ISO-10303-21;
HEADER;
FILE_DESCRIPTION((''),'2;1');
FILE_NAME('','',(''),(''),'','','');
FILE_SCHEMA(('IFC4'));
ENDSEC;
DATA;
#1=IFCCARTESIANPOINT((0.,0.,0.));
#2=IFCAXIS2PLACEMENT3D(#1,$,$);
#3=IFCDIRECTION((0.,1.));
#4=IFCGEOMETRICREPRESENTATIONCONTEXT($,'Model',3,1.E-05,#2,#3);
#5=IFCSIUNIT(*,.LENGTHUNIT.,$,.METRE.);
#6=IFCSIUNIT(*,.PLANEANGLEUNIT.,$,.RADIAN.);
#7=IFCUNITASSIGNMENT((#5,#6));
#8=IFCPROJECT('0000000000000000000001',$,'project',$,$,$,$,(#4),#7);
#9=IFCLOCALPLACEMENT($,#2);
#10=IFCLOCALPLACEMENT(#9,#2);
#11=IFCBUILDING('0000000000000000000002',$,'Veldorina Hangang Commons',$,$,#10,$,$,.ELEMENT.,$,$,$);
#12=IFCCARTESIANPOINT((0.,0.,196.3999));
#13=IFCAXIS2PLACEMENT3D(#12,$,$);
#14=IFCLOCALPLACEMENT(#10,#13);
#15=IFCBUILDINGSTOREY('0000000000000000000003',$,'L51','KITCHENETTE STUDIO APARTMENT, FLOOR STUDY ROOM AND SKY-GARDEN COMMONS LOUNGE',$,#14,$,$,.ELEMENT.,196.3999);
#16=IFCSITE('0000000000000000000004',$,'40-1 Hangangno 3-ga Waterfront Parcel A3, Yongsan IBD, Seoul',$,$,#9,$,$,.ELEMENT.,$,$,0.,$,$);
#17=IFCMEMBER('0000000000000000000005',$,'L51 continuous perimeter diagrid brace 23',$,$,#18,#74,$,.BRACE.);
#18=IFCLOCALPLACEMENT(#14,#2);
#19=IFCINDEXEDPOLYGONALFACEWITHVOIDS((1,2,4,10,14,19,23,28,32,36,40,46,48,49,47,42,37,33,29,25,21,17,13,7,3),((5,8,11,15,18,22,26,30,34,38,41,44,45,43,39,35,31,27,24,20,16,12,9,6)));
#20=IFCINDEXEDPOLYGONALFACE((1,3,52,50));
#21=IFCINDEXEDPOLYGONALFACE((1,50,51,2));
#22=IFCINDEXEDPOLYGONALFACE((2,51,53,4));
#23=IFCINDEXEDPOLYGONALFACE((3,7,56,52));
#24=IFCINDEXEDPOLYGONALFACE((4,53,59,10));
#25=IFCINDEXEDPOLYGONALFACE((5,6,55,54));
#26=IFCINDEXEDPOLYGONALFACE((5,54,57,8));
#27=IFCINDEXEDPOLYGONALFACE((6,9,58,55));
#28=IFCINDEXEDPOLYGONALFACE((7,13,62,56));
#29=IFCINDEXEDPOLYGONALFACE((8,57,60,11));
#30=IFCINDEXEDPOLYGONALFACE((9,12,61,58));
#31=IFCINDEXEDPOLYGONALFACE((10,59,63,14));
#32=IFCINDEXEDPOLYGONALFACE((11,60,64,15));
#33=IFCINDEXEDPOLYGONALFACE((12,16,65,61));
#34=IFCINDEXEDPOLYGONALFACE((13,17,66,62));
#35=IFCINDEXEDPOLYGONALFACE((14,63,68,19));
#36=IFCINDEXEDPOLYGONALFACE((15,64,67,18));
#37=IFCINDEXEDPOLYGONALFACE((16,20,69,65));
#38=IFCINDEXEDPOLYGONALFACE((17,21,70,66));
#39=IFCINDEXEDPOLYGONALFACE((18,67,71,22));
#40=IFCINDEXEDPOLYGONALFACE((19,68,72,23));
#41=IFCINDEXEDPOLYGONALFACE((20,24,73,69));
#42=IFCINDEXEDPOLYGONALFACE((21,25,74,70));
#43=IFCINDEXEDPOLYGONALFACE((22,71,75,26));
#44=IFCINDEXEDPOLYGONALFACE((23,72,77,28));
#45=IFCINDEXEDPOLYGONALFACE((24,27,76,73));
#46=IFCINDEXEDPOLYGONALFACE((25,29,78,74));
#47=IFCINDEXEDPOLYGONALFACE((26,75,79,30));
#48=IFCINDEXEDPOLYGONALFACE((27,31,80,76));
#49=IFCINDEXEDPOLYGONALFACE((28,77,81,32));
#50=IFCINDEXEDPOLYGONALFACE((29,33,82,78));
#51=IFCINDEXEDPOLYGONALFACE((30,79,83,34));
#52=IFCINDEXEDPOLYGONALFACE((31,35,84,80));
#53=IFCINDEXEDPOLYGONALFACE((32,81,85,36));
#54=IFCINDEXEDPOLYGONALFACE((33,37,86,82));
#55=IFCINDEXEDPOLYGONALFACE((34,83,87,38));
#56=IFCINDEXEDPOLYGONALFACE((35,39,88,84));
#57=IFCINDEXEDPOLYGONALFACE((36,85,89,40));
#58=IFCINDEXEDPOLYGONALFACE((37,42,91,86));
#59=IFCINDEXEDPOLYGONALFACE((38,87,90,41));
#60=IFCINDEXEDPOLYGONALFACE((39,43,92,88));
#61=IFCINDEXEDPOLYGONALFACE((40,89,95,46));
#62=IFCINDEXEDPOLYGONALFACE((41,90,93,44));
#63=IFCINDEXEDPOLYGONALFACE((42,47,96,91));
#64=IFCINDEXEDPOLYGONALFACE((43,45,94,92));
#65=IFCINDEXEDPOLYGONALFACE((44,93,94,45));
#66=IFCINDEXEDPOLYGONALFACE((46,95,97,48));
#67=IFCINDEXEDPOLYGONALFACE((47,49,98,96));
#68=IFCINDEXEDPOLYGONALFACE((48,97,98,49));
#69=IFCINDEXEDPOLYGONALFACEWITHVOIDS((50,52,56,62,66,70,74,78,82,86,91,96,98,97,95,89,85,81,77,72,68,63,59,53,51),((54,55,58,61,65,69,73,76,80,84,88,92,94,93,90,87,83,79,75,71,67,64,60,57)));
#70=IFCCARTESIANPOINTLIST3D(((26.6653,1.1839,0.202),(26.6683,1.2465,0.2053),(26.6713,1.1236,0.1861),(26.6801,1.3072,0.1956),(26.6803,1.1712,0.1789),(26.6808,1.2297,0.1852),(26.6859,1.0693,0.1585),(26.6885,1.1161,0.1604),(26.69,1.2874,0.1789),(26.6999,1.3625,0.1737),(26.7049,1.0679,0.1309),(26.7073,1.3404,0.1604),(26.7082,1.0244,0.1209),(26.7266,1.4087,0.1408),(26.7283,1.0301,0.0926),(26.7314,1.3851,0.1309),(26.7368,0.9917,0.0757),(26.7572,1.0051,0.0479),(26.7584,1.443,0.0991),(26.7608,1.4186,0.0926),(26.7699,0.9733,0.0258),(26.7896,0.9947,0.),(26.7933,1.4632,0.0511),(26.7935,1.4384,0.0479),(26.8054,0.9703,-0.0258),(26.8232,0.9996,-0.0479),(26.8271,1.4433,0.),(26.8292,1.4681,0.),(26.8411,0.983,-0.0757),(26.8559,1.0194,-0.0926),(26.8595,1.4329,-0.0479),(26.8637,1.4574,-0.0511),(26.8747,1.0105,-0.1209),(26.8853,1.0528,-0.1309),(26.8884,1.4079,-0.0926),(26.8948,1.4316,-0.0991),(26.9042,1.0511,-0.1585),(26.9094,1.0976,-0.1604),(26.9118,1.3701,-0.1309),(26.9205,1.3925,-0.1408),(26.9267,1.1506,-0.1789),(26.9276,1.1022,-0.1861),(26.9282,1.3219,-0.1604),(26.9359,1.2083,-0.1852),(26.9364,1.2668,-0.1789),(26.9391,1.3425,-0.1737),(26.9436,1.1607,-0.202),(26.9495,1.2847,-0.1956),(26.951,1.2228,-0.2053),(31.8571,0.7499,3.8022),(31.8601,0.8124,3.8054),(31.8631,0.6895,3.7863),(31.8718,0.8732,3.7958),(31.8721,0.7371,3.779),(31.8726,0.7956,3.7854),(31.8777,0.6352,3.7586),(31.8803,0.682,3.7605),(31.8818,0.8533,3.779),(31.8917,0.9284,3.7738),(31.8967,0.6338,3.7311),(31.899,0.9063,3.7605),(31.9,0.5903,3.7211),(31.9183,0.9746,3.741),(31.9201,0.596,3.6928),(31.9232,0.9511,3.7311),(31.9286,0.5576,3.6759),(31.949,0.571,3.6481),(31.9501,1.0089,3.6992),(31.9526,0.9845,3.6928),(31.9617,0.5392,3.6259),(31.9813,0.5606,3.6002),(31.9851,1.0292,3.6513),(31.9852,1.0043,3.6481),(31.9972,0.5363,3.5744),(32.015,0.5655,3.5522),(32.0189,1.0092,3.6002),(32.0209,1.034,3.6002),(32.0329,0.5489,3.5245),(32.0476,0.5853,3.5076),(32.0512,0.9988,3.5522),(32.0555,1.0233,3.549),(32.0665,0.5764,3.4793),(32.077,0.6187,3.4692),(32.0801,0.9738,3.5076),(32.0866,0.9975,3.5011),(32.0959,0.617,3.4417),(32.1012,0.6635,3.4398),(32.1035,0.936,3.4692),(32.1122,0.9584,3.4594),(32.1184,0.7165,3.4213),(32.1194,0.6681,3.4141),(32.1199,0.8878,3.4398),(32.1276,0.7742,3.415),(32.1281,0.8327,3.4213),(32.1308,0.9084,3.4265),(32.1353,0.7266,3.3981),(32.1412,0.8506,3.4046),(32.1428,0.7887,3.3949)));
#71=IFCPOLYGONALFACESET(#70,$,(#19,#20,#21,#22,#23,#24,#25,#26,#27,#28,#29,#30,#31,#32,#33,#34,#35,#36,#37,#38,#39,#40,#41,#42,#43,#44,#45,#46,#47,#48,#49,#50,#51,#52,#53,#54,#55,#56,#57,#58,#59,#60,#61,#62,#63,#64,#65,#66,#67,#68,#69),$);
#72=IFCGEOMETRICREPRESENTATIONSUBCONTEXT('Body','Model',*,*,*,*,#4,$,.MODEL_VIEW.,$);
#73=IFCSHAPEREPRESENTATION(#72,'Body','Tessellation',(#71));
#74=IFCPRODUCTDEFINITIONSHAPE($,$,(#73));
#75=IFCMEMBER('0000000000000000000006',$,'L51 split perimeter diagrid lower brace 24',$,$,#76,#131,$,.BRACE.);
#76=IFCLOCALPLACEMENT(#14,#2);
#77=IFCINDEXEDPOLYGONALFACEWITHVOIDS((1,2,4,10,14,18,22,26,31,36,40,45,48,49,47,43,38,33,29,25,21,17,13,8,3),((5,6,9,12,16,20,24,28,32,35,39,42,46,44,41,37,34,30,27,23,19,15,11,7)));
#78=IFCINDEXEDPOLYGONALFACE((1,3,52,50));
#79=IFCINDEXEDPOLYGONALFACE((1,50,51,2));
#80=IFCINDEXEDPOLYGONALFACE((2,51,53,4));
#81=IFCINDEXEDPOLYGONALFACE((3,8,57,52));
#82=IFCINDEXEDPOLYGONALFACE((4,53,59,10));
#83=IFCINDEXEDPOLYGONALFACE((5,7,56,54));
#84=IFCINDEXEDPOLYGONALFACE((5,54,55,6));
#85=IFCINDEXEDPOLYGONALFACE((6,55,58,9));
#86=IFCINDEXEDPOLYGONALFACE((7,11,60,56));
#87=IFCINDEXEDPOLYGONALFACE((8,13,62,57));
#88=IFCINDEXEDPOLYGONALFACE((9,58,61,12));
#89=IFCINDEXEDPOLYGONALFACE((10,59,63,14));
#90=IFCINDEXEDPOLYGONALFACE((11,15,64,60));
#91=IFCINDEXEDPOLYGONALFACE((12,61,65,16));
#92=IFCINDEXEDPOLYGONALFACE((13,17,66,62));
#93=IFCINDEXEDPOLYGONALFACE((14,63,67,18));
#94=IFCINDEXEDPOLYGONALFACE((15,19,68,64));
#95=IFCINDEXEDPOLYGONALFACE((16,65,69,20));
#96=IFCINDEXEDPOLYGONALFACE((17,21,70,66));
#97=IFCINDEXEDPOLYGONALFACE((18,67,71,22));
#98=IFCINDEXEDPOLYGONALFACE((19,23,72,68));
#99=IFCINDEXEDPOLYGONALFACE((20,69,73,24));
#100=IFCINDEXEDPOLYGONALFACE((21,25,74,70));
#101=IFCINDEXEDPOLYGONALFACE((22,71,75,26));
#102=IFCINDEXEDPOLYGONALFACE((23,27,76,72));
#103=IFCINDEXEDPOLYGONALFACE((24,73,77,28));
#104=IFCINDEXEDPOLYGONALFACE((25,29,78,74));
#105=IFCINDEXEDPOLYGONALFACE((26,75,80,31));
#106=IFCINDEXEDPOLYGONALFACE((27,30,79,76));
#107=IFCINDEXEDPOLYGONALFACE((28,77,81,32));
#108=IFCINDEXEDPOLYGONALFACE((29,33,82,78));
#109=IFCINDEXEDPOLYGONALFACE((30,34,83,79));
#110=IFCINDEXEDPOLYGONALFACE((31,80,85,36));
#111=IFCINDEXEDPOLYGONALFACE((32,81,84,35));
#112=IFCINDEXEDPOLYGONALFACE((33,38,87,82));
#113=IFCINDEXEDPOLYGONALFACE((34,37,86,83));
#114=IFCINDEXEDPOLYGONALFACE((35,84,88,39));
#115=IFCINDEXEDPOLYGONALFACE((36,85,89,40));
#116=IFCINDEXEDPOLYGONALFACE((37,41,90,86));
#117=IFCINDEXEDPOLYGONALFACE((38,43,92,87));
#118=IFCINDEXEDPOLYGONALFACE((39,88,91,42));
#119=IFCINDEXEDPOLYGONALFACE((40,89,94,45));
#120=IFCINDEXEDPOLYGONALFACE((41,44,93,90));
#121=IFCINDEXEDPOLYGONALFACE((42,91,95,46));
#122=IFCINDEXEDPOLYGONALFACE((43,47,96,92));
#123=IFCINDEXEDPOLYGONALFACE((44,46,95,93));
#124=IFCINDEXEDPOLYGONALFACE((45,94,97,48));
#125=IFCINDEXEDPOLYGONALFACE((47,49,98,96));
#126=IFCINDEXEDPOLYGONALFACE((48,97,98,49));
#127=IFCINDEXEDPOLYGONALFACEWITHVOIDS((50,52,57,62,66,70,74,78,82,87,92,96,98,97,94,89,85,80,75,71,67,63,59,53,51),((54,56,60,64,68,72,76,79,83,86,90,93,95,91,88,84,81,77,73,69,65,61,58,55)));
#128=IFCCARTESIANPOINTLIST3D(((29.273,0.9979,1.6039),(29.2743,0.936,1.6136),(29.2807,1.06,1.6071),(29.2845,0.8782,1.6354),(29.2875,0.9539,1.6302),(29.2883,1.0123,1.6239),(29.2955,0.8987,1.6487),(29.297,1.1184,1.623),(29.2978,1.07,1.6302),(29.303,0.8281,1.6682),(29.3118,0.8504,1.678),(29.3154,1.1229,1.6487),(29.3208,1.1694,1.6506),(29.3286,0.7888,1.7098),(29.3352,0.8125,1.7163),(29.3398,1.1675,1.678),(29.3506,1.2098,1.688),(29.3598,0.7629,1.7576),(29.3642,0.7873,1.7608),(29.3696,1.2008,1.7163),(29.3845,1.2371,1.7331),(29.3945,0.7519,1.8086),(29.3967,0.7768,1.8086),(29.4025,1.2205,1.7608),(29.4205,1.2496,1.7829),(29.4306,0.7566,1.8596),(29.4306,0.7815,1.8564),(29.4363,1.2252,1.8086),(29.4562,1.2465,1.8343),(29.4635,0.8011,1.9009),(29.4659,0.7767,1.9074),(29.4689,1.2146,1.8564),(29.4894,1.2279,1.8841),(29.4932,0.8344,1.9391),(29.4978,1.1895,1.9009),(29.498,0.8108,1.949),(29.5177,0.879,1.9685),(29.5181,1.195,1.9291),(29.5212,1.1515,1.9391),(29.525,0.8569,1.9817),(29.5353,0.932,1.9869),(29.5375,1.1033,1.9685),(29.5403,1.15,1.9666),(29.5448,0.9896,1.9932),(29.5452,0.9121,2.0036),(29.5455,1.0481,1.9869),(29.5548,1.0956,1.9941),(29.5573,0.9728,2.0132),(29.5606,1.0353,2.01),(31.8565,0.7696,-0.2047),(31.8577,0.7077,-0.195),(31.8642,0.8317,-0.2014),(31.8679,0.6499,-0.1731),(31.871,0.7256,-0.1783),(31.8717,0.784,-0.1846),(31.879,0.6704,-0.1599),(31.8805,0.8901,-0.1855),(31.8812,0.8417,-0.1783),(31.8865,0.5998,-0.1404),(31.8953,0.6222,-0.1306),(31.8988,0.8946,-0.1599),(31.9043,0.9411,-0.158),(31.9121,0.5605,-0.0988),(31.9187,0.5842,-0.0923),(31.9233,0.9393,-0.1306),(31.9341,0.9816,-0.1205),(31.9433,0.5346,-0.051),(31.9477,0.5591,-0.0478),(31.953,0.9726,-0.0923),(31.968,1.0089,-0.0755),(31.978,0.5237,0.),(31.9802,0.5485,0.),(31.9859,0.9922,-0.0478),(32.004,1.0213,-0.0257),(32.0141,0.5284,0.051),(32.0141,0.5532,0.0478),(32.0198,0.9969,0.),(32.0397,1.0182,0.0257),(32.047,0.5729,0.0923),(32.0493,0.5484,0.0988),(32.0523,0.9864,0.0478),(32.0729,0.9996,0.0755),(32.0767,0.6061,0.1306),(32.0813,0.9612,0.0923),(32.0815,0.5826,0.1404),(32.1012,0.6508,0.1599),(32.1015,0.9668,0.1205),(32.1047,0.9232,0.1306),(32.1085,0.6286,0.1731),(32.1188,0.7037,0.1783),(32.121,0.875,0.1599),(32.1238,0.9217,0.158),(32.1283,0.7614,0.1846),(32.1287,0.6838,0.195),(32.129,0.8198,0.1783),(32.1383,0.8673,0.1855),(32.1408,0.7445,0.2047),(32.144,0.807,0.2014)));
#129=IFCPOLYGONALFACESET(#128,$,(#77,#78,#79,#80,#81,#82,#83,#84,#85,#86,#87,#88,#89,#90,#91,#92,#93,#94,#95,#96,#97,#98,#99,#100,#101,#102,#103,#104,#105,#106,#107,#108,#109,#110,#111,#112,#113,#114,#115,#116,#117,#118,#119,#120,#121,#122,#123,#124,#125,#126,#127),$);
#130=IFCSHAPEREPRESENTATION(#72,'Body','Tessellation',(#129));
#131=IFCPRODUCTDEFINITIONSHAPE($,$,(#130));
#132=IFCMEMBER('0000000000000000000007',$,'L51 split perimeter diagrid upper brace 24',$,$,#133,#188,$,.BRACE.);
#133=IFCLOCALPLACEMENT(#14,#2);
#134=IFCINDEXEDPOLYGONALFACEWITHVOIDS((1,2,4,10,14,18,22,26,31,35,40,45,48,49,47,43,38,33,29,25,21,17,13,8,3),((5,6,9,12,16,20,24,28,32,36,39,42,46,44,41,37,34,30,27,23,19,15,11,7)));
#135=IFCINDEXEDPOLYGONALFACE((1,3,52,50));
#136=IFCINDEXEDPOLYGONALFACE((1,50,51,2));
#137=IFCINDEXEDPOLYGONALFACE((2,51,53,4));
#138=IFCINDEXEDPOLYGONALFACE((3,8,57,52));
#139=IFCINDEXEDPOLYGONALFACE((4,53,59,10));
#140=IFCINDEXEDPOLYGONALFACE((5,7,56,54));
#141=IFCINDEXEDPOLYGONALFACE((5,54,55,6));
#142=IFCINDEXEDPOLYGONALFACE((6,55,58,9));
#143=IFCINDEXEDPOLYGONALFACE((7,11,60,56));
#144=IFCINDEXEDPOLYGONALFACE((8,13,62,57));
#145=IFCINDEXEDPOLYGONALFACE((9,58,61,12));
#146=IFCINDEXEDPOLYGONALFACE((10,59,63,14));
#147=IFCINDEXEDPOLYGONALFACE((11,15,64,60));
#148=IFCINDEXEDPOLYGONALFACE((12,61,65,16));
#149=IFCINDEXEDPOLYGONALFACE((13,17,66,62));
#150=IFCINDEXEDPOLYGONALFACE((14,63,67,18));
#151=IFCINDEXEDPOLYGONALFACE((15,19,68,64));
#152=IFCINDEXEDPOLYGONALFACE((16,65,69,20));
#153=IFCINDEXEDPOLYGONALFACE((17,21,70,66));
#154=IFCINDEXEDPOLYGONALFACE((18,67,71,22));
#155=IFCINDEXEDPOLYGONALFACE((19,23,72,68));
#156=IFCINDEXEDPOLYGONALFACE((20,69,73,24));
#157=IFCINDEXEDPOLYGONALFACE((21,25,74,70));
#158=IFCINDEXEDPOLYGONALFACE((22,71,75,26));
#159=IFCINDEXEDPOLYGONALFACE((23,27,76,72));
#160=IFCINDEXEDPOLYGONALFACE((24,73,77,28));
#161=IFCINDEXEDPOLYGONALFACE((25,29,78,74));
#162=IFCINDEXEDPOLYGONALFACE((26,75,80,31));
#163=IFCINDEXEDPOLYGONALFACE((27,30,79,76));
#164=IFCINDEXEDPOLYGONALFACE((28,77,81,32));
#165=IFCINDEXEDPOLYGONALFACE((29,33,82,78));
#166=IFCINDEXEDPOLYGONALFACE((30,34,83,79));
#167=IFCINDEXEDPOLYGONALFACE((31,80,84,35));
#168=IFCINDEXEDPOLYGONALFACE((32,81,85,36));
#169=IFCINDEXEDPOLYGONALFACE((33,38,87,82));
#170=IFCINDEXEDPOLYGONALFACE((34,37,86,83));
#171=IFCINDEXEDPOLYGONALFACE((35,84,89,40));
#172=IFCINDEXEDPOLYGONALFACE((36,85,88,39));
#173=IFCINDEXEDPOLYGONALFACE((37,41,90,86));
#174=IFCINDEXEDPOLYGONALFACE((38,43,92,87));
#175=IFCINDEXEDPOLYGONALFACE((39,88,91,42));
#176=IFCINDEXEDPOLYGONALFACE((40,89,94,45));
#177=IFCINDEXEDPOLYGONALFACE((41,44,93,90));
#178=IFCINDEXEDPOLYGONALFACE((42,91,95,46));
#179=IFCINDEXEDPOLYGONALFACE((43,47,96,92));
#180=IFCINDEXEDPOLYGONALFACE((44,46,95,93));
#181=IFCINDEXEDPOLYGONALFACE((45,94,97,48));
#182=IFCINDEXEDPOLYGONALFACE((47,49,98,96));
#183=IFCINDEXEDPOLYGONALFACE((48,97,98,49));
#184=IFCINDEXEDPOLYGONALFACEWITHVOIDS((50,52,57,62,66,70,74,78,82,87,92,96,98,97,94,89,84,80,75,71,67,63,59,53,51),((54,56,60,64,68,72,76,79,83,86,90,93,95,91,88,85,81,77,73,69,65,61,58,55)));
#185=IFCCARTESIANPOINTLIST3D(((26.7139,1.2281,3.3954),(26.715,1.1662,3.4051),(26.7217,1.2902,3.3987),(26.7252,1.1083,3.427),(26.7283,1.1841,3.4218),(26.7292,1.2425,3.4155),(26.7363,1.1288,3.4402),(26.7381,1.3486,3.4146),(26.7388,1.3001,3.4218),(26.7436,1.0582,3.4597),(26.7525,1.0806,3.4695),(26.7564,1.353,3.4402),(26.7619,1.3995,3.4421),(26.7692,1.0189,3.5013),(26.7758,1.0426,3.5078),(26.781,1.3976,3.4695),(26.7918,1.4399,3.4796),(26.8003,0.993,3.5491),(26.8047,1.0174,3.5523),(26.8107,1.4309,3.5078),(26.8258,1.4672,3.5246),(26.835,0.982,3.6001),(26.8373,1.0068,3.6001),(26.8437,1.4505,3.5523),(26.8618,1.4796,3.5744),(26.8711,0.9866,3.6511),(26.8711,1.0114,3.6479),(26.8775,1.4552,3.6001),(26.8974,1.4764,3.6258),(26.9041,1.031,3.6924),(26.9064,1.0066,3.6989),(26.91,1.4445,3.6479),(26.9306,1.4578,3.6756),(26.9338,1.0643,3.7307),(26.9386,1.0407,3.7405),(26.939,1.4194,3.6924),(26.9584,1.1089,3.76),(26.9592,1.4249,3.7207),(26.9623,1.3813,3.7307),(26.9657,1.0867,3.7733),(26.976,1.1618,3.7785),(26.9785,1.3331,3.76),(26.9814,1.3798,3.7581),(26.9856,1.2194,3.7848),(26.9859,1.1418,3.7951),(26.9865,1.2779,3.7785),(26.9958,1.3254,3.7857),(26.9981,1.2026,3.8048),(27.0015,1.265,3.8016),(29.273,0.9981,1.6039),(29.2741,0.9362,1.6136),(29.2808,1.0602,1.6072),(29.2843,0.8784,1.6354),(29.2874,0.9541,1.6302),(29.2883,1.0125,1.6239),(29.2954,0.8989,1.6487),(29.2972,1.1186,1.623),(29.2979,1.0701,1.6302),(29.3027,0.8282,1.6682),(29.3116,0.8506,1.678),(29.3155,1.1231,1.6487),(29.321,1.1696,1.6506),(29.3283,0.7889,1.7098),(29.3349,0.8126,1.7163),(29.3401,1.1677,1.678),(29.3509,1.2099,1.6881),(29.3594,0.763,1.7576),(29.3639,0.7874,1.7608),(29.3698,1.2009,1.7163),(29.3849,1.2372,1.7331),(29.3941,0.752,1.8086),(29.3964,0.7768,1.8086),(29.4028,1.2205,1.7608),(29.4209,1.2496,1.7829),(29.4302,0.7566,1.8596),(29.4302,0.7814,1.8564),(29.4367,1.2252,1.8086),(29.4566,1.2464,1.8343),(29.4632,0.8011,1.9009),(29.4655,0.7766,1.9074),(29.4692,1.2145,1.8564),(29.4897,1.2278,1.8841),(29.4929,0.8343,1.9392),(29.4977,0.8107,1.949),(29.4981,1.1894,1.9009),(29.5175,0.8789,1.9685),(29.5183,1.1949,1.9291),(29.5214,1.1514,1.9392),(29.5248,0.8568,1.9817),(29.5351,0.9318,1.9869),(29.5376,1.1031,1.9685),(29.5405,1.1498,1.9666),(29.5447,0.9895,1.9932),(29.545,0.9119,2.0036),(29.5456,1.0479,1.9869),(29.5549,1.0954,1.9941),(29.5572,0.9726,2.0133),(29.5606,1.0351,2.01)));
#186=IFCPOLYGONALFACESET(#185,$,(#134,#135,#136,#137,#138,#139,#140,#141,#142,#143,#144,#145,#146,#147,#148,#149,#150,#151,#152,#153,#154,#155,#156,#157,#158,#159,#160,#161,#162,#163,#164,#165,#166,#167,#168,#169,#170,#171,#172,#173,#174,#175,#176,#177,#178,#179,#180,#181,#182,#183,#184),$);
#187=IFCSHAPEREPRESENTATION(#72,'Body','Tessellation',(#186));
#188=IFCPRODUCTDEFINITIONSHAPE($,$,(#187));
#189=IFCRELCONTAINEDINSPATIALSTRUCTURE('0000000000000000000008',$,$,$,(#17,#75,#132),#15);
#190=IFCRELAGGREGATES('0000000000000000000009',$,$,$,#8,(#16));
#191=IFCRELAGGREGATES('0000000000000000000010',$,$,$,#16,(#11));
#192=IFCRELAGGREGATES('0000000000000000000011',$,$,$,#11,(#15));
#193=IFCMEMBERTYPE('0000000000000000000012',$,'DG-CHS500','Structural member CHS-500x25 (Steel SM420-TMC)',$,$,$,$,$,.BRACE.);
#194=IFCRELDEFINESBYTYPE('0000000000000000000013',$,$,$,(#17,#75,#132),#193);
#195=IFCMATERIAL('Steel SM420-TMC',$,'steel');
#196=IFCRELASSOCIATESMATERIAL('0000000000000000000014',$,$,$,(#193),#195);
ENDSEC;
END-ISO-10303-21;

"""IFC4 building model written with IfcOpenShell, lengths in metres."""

from ifc_helpers import new_model, si_unit, direction, frame, origin, origin_2d, place, context, subcontext, project, spatial, hollow_circle, extrude, material, material_profile, profile_set, type_object, element, save


model = new_model("IFC4")

# Units and contexts
model_context = context("Model", 3, precision=1e-05, world=origin(), true_north=direction((0.0, 1.0)))
body_context = subcontext(model_context, "Body", "Model", "MODEL_VIEW")
ifc_project = project(units=[si_unit("LENGTHUNIT", "METRE"), si_unit("PLANEANGLEUNIT", "RADIAN")], contexts=[model_context])

# Site, building, storey
site_placement = place(None, origin())
site = spatial("IfcSite", under=ifc_project, at=site_placement, Name="40-1 Hangangno 3-ga Waterfront Parcel A3, Yongsan IBD, Seoul", CompositionType="ELEMENT", RefElevation=0.0)
building_placement = place(site_placement, origin())
building = spatial("IfcBuilding", under=site, at=building_placement, Name="Veldorina Hangang Commons", CompositionType="ELEMENT")
storey_placement = place(building_placement, frame((0.0, 0.0, 196.3999)))
storey = spatial("IfcBuildingStorey", under=building, at=storey_placement, Name="L51", Description="KITCHENETTE STUDIO APARTMENT, FLOOR STUDY ROOM AND SKY-GARDEN COMMONS LOUNGE", CompositionType="ELEMENT", Elevation=196.3999)

# Shared definitions
ifc_material_1 = material(Name="Steel SM420-TMC", Category="steel")

# Members
ifc_material_profile_1 = material_profile(ifc_material_1, hollow_circle(Radius=0.25, WallThickness=0.0249, at=origin_2d()), Name="CHS-500x25")
ifc_profile_set_1 = profile_set([ifc_material_profile_1], Name="Steel SM420-TMC")
member_type_1 = type_object("IfcMemberType", Name="DG-CHS500", Description="Structural member CHS-500x25 (Steel SM420-TMC)", PredefinedType="BRACE", material=ifc_profile_set_1)
member_1_placement = place(storey_placement, frame((26.8083, 1.219, 0.0), z_axis=(0.819824, -0.068547, 0.568498), x_axis=(0.083321, 0.996523, 0.0)))
element("IfcMember", 1, at=member_1_placement, inside=storey, type_object=member_type_1, Name="L51 continuous perimeter diagrid brace 23", PredefinedType="BRACE", context=body_context, shape_type="SweptSolid", body=[
    extrude(hollow_circle(Radius=0.25, WallThickness=0.0249, at=origin_2d()), origin(), (0.0, 0.0, 1.0), 6.3328),
])
member_2_placement = place(storey_placement, frame((32.0, 0.7727, 0.0), z_axis=(-0.817072, 0.072195, 0.571997), x_axis=(-0.088015, -0.996119, 0.0)))
element("IfcMember", 2, at=member_2_placement, inside=storey, type_object=member_type_1, Name="L51 split perimeter diagrid lower brace 24", PredefinedType="BRACE", context=body_context, shape_type="SweptSolid", body=[
    extrude(hollow_circle(Radius=0.25, WallThickness=0.0249, at=origin_2d()), origin(), (0.0, 0.0, 1.0), 3.1619),
])
member_3_placement = place(storey_placement, frame((29.4165, 1.001, 1.8086), z_axis=(-0.816999, 0.073422, 0.571946), x_axis=(-0.089508, -0.995986, 0.0)))
element("IfcMember", 3, at=member_3_placement, inside=storey, type_object=member_type_1, Name="L51 split perimeter diagrid upper brace 24", PredefinedType="BRACE", context=body_context, shape_type="SweptSolid", body=[
    extrude(hollow_circle(Radius=0.25, WallThickness=0.0249, at=origin_2d()), origin(), (0.0, 0.0, 1.0), 3.1323),
])

save(model, "model.ifc")
